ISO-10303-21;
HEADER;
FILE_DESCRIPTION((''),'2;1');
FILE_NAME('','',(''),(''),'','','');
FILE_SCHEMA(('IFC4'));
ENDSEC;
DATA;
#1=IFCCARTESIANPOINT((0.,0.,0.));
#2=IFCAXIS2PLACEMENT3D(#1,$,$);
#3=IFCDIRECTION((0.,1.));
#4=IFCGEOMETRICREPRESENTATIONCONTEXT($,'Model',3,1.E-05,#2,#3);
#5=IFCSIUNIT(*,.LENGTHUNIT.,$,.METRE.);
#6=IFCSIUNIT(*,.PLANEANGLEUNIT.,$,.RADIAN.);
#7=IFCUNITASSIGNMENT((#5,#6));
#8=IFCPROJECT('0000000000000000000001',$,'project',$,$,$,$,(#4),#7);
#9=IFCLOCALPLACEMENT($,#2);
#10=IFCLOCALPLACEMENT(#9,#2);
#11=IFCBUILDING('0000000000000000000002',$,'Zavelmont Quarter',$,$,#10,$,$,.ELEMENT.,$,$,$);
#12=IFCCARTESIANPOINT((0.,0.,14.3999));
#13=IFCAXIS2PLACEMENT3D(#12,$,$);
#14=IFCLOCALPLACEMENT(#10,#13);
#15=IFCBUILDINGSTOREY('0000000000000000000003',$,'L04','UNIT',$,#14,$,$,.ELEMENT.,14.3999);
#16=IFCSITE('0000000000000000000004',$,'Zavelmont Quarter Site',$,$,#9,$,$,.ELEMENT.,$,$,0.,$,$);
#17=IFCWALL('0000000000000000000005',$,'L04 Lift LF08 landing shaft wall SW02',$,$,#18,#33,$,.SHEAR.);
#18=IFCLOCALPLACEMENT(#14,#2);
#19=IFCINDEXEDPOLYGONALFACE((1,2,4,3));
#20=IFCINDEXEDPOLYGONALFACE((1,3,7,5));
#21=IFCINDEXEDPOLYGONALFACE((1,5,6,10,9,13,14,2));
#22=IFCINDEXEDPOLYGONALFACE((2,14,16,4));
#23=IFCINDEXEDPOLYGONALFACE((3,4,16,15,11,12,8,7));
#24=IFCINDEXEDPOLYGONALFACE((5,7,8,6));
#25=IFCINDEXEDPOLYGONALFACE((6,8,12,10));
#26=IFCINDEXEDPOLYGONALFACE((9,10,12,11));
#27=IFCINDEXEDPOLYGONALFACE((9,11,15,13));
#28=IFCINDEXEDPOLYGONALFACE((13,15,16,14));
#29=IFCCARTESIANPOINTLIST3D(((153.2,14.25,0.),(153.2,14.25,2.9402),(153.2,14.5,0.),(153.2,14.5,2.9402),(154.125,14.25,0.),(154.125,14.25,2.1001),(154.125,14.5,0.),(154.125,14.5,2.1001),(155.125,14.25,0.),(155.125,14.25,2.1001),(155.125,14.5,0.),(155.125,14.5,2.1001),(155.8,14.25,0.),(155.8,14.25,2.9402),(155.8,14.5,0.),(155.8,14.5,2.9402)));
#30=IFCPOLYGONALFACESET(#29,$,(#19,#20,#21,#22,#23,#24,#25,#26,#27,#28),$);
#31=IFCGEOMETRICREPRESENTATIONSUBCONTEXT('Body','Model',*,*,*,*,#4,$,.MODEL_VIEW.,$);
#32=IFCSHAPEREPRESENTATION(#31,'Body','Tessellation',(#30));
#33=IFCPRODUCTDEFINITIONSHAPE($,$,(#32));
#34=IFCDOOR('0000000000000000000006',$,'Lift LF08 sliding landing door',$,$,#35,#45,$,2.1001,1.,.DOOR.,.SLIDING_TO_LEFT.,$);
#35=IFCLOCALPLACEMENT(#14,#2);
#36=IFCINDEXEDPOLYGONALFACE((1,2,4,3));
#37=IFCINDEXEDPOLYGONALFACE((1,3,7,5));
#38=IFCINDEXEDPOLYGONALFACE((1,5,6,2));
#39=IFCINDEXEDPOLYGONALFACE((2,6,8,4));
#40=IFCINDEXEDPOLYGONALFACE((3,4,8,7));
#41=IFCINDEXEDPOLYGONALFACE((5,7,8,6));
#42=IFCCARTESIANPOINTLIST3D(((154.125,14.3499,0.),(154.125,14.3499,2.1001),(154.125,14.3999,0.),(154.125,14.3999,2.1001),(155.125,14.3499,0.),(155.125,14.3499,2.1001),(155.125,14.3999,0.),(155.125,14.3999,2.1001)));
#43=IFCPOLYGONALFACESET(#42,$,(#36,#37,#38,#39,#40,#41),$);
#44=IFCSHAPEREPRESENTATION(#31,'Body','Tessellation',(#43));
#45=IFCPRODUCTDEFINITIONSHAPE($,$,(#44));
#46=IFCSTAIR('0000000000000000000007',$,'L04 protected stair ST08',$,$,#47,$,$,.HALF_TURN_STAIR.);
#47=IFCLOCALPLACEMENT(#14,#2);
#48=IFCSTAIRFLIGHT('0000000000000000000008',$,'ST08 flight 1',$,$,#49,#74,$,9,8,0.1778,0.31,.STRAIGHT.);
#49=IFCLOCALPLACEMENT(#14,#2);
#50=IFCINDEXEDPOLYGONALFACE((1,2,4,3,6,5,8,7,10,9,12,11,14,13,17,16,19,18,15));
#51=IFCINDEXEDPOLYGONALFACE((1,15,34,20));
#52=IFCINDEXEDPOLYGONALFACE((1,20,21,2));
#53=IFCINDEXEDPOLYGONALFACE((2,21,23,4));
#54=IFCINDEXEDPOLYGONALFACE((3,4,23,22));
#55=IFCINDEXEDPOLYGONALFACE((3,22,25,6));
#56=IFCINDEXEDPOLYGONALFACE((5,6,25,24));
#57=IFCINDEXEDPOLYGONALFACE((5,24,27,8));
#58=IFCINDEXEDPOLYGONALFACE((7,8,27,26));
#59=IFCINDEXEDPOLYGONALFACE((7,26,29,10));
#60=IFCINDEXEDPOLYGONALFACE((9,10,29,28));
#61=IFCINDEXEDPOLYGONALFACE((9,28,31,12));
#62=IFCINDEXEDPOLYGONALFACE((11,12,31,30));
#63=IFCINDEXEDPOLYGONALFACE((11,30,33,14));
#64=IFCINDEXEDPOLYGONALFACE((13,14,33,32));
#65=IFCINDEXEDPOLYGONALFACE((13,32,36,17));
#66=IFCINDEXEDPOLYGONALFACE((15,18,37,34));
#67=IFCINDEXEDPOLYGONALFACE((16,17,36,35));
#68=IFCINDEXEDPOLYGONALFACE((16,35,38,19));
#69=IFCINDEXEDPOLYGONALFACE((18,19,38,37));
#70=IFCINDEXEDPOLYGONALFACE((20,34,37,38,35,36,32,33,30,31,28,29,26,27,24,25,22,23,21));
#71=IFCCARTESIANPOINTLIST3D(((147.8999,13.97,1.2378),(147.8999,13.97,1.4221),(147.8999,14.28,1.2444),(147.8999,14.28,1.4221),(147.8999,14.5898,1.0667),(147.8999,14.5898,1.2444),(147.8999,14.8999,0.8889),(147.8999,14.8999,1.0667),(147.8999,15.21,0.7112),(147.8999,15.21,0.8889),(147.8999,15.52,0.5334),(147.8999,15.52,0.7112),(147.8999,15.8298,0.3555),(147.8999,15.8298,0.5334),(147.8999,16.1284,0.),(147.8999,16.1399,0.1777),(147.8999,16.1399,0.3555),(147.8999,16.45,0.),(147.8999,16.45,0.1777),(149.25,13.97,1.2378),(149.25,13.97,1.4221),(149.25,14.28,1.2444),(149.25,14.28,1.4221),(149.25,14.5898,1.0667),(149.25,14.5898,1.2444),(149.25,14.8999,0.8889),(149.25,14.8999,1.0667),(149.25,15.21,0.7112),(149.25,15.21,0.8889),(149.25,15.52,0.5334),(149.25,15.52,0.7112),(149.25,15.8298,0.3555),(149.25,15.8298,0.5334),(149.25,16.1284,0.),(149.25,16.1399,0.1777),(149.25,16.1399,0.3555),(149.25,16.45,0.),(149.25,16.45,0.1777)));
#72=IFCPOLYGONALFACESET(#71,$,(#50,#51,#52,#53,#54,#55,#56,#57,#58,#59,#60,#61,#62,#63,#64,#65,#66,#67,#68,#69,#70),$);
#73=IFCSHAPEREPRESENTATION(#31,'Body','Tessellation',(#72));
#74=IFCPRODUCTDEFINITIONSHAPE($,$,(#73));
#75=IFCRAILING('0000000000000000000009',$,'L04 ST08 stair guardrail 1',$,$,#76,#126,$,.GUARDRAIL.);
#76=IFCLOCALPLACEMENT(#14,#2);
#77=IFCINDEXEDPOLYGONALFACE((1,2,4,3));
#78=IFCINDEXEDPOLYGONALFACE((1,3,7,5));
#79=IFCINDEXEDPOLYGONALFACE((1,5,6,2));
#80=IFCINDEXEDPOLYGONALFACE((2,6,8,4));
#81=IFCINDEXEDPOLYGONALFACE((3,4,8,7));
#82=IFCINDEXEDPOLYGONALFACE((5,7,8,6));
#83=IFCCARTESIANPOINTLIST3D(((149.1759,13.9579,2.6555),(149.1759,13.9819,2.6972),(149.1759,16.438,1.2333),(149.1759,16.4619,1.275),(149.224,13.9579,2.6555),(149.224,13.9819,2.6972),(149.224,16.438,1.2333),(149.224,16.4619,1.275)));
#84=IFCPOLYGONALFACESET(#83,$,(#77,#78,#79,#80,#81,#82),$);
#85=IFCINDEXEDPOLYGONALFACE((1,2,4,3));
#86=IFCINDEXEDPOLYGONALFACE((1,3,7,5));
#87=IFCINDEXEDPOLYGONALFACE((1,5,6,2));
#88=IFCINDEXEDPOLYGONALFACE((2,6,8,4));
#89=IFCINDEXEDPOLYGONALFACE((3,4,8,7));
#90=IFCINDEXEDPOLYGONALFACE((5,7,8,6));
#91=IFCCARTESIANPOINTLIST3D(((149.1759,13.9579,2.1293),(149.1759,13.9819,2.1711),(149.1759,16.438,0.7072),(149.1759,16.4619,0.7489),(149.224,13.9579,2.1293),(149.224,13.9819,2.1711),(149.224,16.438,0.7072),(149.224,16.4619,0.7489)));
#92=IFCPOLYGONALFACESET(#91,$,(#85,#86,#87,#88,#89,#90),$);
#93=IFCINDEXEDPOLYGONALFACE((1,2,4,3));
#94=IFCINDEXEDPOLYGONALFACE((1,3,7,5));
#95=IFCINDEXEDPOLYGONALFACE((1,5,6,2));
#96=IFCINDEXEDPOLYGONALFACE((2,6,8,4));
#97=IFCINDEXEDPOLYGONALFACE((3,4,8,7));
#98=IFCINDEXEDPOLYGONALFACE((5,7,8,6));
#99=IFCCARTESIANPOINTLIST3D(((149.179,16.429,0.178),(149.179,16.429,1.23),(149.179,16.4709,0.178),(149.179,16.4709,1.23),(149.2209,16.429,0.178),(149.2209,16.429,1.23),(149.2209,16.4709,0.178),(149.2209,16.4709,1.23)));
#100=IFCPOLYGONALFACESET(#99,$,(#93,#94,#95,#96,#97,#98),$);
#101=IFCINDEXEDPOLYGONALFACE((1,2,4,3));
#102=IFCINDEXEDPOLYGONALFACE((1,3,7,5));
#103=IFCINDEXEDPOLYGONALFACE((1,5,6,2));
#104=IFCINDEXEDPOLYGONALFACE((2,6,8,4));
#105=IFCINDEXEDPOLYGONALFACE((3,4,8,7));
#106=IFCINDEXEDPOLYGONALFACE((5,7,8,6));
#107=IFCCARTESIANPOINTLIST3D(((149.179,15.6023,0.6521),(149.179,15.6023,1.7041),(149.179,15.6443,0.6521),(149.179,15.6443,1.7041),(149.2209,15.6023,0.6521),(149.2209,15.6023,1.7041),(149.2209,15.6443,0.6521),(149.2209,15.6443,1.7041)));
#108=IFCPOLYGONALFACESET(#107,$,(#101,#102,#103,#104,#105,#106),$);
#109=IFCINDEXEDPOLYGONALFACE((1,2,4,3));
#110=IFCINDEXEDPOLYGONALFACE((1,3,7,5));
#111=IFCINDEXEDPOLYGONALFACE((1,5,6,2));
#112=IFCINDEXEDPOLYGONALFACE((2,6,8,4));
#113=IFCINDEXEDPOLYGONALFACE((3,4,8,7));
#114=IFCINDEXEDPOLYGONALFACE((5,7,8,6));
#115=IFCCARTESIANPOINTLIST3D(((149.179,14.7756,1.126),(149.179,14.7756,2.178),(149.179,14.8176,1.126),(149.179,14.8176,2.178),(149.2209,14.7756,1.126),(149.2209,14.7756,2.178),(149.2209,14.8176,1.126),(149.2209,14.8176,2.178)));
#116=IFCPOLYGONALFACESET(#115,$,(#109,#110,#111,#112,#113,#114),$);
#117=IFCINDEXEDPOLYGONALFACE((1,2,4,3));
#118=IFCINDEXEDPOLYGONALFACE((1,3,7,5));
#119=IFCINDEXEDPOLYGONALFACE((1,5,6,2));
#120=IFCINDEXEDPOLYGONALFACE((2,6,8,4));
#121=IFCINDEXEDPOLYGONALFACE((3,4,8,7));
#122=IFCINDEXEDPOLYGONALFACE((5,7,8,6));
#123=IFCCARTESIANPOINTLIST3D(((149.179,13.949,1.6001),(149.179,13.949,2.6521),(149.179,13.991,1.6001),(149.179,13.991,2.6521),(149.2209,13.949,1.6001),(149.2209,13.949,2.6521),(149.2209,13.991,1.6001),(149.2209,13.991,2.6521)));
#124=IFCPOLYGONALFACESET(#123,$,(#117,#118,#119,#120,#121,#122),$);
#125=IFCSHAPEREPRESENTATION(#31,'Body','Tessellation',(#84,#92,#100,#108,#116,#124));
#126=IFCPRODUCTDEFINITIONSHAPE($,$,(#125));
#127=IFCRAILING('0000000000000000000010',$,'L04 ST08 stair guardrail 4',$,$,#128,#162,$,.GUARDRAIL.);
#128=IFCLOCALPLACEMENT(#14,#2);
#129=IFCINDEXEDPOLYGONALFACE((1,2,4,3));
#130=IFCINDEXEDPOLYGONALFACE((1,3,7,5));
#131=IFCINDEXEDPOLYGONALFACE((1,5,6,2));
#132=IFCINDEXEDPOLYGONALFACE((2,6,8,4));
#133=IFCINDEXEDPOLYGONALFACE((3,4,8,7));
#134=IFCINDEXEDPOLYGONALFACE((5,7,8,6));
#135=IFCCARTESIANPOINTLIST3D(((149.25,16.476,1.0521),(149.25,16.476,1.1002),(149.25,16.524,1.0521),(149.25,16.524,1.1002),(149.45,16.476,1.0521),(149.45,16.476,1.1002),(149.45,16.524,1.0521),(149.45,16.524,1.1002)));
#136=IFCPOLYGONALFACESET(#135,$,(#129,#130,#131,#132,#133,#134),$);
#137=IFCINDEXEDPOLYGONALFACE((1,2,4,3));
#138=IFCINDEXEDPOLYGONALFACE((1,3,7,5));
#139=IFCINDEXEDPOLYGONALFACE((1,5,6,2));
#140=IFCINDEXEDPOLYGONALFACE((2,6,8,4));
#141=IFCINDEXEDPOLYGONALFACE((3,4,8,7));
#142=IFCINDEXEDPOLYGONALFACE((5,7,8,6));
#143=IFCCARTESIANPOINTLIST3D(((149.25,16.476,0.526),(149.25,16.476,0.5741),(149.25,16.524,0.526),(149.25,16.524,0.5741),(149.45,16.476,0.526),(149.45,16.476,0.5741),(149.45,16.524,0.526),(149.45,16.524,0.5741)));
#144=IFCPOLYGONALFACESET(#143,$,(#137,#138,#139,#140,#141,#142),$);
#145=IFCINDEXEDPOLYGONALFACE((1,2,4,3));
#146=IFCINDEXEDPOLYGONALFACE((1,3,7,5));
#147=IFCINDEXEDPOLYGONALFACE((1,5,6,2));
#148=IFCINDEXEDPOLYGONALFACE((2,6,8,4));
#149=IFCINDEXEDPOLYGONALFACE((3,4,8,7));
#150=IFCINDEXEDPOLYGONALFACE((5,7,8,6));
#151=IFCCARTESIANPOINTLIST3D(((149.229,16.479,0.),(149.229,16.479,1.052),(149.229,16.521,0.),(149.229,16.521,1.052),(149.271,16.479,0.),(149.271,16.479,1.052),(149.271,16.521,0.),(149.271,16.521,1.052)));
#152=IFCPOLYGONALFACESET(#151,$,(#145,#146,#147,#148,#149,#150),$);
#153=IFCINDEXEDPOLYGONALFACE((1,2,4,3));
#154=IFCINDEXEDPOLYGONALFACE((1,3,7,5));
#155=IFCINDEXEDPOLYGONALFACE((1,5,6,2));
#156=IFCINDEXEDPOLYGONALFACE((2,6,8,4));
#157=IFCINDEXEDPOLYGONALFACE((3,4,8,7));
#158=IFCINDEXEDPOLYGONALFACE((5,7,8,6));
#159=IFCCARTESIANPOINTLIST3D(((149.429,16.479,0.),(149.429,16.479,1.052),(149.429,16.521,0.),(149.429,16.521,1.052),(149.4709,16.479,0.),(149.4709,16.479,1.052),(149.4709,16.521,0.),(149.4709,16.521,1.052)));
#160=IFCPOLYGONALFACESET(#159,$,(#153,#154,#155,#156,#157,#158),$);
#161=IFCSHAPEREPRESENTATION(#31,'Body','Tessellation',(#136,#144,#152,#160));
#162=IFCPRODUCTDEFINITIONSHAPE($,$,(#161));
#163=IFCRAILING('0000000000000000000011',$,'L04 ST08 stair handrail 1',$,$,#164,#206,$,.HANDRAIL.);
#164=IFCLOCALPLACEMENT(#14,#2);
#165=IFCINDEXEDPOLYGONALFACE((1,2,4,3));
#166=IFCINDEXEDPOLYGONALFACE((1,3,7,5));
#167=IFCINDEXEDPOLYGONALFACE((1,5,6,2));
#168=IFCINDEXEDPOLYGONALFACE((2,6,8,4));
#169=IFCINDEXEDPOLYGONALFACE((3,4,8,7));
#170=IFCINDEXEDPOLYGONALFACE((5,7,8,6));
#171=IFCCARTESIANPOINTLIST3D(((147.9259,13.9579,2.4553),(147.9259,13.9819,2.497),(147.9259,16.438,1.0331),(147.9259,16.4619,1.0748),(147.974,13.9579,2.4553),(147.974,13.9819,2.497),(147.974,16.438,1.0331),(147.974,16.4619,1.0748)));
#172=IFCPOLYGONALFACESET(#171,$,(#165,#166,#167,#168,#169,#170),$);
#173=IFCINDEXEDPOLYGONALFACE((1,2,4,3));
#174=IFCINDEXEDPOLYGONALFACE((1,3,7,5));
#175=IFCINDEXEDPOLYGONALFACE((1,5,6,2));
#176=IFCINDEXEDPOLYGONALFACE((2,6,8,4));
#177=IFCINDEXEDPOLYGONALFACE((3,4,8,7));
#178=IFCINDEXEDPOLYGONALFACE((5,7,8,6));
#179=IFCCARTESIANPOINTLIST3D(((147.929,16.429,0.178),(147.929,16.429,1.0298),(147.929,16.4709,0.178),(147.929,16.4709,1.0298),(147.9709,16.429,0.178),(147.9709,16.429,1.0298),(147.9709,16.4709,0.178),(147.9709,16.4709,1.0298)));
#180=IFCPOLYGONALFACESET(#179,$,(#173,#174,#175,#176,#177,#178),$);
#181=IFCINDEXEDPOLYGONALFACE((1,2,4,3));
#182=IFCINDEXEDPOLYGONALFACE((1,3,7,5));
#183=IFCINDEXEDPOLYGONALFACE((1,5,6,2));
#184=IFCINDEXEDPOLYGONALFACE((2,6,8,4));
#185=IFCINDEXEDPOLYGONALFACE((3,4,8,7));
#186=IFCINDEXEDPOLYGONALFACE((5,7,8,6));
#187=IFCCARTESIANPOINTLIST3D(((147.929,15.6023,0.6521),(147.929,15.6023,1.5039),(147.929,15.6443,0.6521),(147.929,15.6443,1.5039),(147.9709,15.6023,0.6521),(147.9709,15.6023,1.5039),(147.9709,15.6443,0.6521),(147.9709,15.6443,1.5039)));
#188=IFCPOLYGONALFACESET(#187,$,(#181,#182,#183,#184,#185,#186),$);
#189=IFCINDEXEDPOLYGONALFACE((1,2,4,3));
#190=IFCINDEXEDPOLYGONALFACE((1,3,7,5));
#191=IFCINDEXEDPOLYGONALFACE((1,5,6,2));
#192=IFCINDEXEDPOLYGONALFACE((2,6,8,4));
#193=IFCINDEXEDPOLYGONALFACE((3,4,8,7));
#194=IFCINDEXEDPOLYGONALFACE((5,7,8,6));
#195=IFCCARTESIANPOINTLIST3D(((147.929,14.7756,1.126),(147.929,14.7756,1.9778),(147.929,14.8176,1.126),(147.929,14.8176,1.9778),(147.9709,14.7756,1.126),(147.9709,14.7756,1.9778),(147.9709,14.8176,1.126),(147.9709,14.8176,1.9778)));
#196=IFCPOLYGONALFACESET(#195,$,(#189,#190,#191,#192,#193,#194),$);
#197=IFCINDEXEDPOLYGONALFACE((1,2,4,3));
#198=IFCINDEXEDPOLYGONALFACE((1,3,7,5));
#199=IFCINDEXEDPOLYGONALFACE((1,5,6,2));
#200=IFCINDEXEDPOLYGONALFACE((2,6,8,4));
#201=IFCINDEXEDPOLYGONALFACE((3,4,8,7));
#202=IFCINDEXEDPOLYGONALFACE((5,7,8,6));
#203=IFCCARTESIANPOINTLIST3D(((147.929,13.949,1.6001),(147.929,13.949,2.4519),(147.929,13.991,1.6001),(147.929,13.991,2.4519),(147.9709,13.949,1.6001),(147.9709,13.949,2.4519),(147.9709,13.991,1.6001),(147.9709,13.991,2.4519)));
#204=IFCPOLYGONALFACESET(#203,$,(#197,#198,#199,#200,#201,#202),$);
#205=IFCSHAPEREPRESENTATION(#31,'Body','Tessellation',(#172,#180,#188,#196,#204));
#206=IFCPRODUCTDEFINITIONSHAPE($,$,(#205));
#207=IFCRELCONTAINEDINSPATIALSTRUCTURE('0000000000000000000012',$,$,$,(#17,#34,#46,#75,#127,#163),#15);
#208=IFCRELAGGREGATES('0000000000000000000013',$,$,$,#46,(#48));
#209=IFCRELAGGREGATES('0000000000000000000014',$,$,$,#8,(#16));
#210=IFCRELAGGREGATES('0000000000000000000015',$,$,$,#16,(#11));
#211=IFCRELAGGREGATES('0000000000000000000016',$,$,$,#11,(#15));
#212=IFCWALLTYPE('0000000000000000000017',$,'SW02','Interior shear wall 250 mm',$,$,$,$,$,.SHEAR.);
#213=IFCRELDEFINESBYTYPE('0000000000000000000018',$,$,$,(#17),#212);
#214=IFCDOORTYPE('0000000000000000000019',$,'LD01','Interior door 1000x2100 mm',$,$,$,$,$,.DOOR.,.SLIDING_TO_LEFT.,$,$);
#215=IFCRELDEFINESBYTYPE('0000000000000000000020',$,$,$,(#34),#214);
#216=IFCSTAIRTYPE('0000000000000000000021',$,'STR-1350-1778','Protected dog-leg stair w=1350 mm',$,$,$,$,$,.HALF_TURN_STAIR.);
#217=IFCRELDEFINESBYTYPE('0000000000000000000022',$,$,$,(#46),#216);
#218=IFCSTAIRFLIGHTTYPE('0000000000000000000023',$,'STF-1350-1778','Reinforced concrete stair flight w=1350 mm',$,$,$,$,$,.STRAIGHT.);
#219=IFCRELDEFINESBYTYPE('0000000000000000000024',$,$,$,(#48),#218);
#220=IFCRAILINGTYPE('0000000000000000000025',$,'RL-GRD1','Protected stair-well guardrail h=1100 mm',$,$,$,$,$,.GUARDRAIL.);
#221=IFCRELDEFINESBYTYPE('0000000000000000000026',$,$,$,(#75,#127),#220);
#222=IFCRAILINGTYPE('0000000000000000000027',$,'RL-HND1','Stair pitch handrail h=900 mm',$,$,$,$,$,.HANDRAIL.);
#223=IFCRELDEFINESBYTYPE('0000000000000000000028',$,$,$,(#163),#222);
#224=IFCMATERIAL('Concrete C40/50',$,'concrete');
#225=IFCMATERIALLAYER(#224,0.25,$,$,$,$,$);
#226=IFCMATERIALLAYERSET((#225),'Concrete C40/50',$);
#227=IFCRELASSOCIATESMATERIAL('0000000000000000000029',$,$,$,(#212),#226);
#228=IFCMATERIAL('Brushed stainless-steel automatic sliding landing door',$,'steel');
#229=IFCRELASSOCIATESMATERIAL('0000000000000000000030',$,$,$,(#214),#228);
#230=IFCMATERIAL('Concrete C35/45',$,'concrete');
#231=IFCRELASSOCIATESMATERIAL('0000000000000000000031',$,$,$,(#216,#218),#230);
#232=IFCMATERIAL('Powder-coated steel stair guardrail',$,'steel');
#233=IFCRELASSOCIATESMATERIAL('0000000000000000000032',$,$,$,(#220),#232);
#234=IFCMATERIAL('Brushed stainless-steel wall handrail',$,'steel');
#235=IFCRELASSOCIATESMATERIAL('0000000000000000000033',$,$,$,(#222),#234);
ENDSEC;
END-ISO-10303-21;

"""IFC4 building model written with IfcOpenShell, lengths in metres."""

from ifc_helpers import new_model, si_unit, direction, frame, frame_2d, origin, origin_with_axes, origin_2d, place, context, subcontext, project, spatial, polyline, rectangle, outline, extrude, material, layer, layer_set, type_object, element, fill, aggregate, save


model = new_model("IFC4")

# Units and contexts
model_context = context("Model", 3, precision=1e-05, world=origin(), true_north=direction((0.0, 1.0)))
body_context = subcontext(model_context, "Body", "Model", "MODEL_VIEW")
ifc_project = project(units=[si_unit("LENGTHUNIT", "METRE"), si_unit("PLANEANGLEUNIT", "RADIAN")], contexts=[model_context])

# Site, building, storey
site_placement = place(None, origin())
site = spatial("IfcSite", under=ifc_project, at=site_placement, Name="Zavelmont Quarter Site", CompositionType="ELEMENT", RefElevation=0.0)
building_placement = place(site_placement, origin())
building = spatial("IfcBuilding", under=site, at=building_placement, Name="Zavelmont Quarter", CompositionType="ELEMENT")
storey_placement = place(building_placement, frame((0.0, 0.0, 14.3999)))
storey = spatial("IfcBuildingStorey", under=building, at=storey_placement, Name="L04", Description="UNIT", CompositionType="ELEMENT", Elevation=14.3999)

# Shared definitions
ifc_material_1 = material(Name="Concrete C35/45", Category="concrete")

# Shared definitions
ifc_material_2 = material(Name="Concrete C40/50", Category="concrete")

# Wall, opening, door
ifc_layer_1 = layer(ifc_material_2, 0.25)
ifc_layer_set_1 = layer_set([ifc_layer_1], Name="Concrete C40/50")
wall_type_1 = type_object("IfcWallType", Name="SW02", Description="Interior shear wall 250 mm", PredefinedType="SHEAR", material=ifc_layer_set_1)
wall_1_placement = place(storey_placement, frame((153.2, 14.375, 0.0), z_axis=(0.0, 0.0, 1.0), x_axis=(1.0, 0.0, 0.0)))
wall_1 = element("IfcWall", 1, at=wall_1_placement, inside=storey, type_object=wall_type_1, Name="L04 Lift LF08 landing shaft wall SW02", PredefinedType="SHEAR", context=body_context, shape_type="SweptSolid", body=[
    extrude(rectangle(XDim=2.6001, YDim=0.25, at=frame_2d((1.3, 0.0))), origin(), (0.0, 0.0, 1.0), 2.9402),
])
opening_1_placement = place(wall_1_placement, frame((0.925, 0.0, 0.0)))
opening_1 = element("IfcOpeningElement", 2, at=opening_1_placement, cuts=wall_1, PredefinedType="OPENING", context=body_context, shape_type="SweptSolid", body=[
    extrude(rectangle(XDim=1.0, YDim=2.1001, at=frame_2d((0.5, 1.05))), frame((0.0, 0.137, 0.0), z_axis=(0.0, -1.0, 0.0), x_axis=(1.0, 0.0, 0.0)), (0.0, 0.0, 1.0), 0.2739),
])
ifc_material_3 = material(Name="Brushed stainless-steel automatic sliding landing door", Category="steel")
door_type_1 = type_object("IfcDoorType", Name="LD01", Description="Interior door 1000x2100 mm", OperationType="SLIDING_TO_LEFT", PredefinedType="DOOR", material=ifc_material_3)
door_1_placement = place(opening_1_placement, origin_with_axes())
door_1 = element("IfcDoor", 3, at=door_1_placement, inside=storey, type_object=door_type_1, Name="Lift LF08 sliding landing door", OperationType="SLIDING_TO_LEFT", OverallHeight=2.1001, OverallWidth=1.0, PredefinedType="DOOR", context=body_context, shape_type="SweptSolid", body=[
    extrude(rectangle(XDim=1.0, YDim=2.1001, at=frame_2d((0.5, 1.05))), frame((0.0, 0.0249, 0.0), z_axis=(0.0, -1.0, 0.0), x_axis=(1.0, 0.0, 0.0)), (0.0, 0.0, 1.0), 0.05),
])
fill(opening_1, door_1)

# Stair, stair flight
stair_type = type_object("IfcStairType", Name="STR-1350-1778", Description="Protected dog-leg stair w=1350 mm", PredefinedType="HALF_TURN_STAIR", material=ifc_material_1)
stair_placement = place(storey_placement, origin())
stair = element("IfcStair", 4, at=stair_placement, inside=storey, type_object=stair_type, Name="L04 protected stair ST08", PredefinedType="HALF_TURN_STAIR")
stair_flight_type = type_object("IfcStairFlightType", Name="STF-1350-1778", Description="Reinforced concrete stair flight w=1350 mm", PredefinedType="STRAIGHT", material=ifc_material_1)
stair_flight_placement = place(storey_placement, frame((148.575, 16.45, 0.0), z_axis=(0.0, 0.0, 1.0), x_axis=(0.0, -1.0, 0.0)))
stair_flight = element("IfcStairFlight", 5, at=stair_flight_placement, type_object=stair_flight_type, Name="ST08 flight 1", NumberOfRisers=9, NumberOfTreads=8, PredefinedType="STRAIGHT", RiserHeight=0.1778, TreadLength=0.31, context=body_context, shape_type="SweptSolid", body=[
    extrude(outline(polyline([(0.0, 0.0), (0.0, 0.1777), (0.3101, 0.1777), (0.3101, 0.3555), (0.6201, 0.3555), (0.6201, 0.5334), (0.9299, 0.5334), (0.9299, 0.7112), (1.24, 0.7112), (1.24, 0.8889), (1.55, 0.8889), (1.55, 1.0667), (1.8601, 1.0667), (1.8601, 1.2444), (2.1699, 1.2444), (2.1699, 1.4221), (2.48, 1.4221), (2.48, 1.6001), (2.48, 1.2378), (0.3215, 0.0), (0.0, 0.0)])), frame((0.0, 0.675, 0.0), z_axis=(0.0, -1.0, 0.0), x_axis=(1.0, 0.0, 0.0)), (0.0, 0.0, 1.0), 1.3501),
])
aggregate(stair, [stair_flight])

# Railings
ifc_material_4 = material(Name="Powder-coated steel stair guardrail", Category="steel")
railing_type_1 = type_object("IfcRailingType", Name="RL-GRD1", Description="Protected stair-well guardrail h=1100 mm", PredefinedType="GUARDRAIL", material=ifc_material_4)
railing_1_placement = place(storey_placement, frame((149.2, 16.45, 0.178)))
element("IfcRailing", 6, at=railing_1_placement, inside=storey, type_object=railing_type_1, Name="L04 ST08 stair guardrail 1", PredefinedType="GUARDRAIL", context=body_context, shape_type="SweptSolid", body=[
    extrude(rectangle(XDim=0.0481, YDim=0.0481, at=origin_2d()), frame((0.0, 0.0, 1.0762), z_axis=(0.0, -0.867491, 0.497454), x_axis=(1.0, 0.0, 0.0)), (0.0, 0.0, 1.0), 2.8589),
    extrude(rectangle(XDim=0.0481, YDim=0.0481, at=origin_2d()), frame((0.0, 0.0, 0.55), z_axis=(0.0, -0.867491, 0.497454), x_axis=(1.0, 0.0, 0.0)), (0.0, 0.0, 1.0), 2.8589),
    extrude(rectangle(XDim=0.042, YDim=0.042, at=origin_2d()), origin(), (0.0, 0.0, 1.0), 1.052),
    extrude(rectangle(XDim=0.042, YDim=0.042, at=origin_2d()), frame((0.0, -0.8267, 0.4741)), (0.0, 0.0, 1.0), 1.052),
    extrude(rectangle(XDim=0.042, YDim=0.042, at=origin_2d()), frame((0.0, -1.6533, 0.948)), (0.0, 0.0, 1.0), 1.052),
    extrude(rectangle(XDim=0.042, YDim=0.042, at=origin_2d()), frame((0.0, -2.48, 1.4221)), (0.0, 0.0, 1.0), 1.052),
])
railing_2_placement = place(storey_placement, frame((149.25, 16.5, 0.0)))
element("IfcRailing", 7, at=railing_2_placement, inside=storey, type_object=railing_type_1, Name="L04 ST08 stair guardrail 4", PredefinedType="GUARDRAIL", context=body_context, shape_type="SweptSolid", body=[
    extrude(rectangle(XDim=0.0481, YDim=0.0481, at=origin_2d()), frame((0.0, 0.0, 1.0762), z_axis=(1.0, 0.0, 0.0), x_axis=(0.0, 1.0, 0.0)), (0.0, 0.0, 1.0), 0.2),
    extrude(rectangle(XDim=0.0481, YDim=0.0481, at=origin_2d()), frame((0.0, 0.0, 0.55), z_axis=(1.0, 0.0, 0.0), x_axis=(0.0, 1.0, 0.0)), (0.0, 0.0, 1.0), 0.2),
    extrude(rectangle(XDim=0.042, YDim=0.042, at=origin_2d()), origin(), (0.0, 0.0, 1.0), 1.052),
    extrude(rectangle(XDim=0.042, YDim=0.042, at=origin_2d()), frame((0.2, 0.0, 0.0)), (0.0, 0.0, 1.0), 1.052),
])
ifc_material_5 = material(Name="Brushed stainless-steel wall handrail", Category="steel")
railing_type_2 = type_object("IfcRailingType", Name="RL-HND1", Description="Stair pitch handrail h=900 mm", PredefinedType="HANDRAIL", material=ifc_material_5)
railing_3_placement = place(storey_placement, frame((147.95, 16.45, 0.178)))
element("IfcRailing", 8, at=railing_3_placement, inside=storey, type_object=railing_type_2, Name="L04 ST08 stair handrail 1", PredefinedType="HANDRAIL", context=body_context, shape_type="SweptSolid", body=[
    extrude(rectangle(XDim=0.0481, YDim=0.0481, at=origin_2d()), frame((0.0, 0.0, 0.876), z_axis=(0.0, -0.867491, 0.497454), x_axis=(1.0, 0.0, 0.0)), (0.0, 0.0, 1.0), 2.8589),
    extrude(rectangle(XDim=0.042, YDim=0.042, at=origin_2d()), origin(), (0.0, 0.0, 1.0), 0.8518),
    extrude(rectangle(XDim=0.042, YDim=0.042, at=origin_2d()), frame((0.0, -0.8267, 0.4741)), (0.0, 0.0, 1.0), 0.8518),
    extrude(rectangle(XDim=0.042, YDim=0.042, at=origin_2d()), frame((0.0, -1.6533, 0.948)), (0.0, 0.0, 1.0), 0.8518),
    extrude(rectangle(XDim=0.042, YDim=0.042, at=origin_2d()), frame((0.0, -2.48, 1.4221)), (0.0, 0.0, 1.0), 0.8518),
])

save(model, "model.ifc")
